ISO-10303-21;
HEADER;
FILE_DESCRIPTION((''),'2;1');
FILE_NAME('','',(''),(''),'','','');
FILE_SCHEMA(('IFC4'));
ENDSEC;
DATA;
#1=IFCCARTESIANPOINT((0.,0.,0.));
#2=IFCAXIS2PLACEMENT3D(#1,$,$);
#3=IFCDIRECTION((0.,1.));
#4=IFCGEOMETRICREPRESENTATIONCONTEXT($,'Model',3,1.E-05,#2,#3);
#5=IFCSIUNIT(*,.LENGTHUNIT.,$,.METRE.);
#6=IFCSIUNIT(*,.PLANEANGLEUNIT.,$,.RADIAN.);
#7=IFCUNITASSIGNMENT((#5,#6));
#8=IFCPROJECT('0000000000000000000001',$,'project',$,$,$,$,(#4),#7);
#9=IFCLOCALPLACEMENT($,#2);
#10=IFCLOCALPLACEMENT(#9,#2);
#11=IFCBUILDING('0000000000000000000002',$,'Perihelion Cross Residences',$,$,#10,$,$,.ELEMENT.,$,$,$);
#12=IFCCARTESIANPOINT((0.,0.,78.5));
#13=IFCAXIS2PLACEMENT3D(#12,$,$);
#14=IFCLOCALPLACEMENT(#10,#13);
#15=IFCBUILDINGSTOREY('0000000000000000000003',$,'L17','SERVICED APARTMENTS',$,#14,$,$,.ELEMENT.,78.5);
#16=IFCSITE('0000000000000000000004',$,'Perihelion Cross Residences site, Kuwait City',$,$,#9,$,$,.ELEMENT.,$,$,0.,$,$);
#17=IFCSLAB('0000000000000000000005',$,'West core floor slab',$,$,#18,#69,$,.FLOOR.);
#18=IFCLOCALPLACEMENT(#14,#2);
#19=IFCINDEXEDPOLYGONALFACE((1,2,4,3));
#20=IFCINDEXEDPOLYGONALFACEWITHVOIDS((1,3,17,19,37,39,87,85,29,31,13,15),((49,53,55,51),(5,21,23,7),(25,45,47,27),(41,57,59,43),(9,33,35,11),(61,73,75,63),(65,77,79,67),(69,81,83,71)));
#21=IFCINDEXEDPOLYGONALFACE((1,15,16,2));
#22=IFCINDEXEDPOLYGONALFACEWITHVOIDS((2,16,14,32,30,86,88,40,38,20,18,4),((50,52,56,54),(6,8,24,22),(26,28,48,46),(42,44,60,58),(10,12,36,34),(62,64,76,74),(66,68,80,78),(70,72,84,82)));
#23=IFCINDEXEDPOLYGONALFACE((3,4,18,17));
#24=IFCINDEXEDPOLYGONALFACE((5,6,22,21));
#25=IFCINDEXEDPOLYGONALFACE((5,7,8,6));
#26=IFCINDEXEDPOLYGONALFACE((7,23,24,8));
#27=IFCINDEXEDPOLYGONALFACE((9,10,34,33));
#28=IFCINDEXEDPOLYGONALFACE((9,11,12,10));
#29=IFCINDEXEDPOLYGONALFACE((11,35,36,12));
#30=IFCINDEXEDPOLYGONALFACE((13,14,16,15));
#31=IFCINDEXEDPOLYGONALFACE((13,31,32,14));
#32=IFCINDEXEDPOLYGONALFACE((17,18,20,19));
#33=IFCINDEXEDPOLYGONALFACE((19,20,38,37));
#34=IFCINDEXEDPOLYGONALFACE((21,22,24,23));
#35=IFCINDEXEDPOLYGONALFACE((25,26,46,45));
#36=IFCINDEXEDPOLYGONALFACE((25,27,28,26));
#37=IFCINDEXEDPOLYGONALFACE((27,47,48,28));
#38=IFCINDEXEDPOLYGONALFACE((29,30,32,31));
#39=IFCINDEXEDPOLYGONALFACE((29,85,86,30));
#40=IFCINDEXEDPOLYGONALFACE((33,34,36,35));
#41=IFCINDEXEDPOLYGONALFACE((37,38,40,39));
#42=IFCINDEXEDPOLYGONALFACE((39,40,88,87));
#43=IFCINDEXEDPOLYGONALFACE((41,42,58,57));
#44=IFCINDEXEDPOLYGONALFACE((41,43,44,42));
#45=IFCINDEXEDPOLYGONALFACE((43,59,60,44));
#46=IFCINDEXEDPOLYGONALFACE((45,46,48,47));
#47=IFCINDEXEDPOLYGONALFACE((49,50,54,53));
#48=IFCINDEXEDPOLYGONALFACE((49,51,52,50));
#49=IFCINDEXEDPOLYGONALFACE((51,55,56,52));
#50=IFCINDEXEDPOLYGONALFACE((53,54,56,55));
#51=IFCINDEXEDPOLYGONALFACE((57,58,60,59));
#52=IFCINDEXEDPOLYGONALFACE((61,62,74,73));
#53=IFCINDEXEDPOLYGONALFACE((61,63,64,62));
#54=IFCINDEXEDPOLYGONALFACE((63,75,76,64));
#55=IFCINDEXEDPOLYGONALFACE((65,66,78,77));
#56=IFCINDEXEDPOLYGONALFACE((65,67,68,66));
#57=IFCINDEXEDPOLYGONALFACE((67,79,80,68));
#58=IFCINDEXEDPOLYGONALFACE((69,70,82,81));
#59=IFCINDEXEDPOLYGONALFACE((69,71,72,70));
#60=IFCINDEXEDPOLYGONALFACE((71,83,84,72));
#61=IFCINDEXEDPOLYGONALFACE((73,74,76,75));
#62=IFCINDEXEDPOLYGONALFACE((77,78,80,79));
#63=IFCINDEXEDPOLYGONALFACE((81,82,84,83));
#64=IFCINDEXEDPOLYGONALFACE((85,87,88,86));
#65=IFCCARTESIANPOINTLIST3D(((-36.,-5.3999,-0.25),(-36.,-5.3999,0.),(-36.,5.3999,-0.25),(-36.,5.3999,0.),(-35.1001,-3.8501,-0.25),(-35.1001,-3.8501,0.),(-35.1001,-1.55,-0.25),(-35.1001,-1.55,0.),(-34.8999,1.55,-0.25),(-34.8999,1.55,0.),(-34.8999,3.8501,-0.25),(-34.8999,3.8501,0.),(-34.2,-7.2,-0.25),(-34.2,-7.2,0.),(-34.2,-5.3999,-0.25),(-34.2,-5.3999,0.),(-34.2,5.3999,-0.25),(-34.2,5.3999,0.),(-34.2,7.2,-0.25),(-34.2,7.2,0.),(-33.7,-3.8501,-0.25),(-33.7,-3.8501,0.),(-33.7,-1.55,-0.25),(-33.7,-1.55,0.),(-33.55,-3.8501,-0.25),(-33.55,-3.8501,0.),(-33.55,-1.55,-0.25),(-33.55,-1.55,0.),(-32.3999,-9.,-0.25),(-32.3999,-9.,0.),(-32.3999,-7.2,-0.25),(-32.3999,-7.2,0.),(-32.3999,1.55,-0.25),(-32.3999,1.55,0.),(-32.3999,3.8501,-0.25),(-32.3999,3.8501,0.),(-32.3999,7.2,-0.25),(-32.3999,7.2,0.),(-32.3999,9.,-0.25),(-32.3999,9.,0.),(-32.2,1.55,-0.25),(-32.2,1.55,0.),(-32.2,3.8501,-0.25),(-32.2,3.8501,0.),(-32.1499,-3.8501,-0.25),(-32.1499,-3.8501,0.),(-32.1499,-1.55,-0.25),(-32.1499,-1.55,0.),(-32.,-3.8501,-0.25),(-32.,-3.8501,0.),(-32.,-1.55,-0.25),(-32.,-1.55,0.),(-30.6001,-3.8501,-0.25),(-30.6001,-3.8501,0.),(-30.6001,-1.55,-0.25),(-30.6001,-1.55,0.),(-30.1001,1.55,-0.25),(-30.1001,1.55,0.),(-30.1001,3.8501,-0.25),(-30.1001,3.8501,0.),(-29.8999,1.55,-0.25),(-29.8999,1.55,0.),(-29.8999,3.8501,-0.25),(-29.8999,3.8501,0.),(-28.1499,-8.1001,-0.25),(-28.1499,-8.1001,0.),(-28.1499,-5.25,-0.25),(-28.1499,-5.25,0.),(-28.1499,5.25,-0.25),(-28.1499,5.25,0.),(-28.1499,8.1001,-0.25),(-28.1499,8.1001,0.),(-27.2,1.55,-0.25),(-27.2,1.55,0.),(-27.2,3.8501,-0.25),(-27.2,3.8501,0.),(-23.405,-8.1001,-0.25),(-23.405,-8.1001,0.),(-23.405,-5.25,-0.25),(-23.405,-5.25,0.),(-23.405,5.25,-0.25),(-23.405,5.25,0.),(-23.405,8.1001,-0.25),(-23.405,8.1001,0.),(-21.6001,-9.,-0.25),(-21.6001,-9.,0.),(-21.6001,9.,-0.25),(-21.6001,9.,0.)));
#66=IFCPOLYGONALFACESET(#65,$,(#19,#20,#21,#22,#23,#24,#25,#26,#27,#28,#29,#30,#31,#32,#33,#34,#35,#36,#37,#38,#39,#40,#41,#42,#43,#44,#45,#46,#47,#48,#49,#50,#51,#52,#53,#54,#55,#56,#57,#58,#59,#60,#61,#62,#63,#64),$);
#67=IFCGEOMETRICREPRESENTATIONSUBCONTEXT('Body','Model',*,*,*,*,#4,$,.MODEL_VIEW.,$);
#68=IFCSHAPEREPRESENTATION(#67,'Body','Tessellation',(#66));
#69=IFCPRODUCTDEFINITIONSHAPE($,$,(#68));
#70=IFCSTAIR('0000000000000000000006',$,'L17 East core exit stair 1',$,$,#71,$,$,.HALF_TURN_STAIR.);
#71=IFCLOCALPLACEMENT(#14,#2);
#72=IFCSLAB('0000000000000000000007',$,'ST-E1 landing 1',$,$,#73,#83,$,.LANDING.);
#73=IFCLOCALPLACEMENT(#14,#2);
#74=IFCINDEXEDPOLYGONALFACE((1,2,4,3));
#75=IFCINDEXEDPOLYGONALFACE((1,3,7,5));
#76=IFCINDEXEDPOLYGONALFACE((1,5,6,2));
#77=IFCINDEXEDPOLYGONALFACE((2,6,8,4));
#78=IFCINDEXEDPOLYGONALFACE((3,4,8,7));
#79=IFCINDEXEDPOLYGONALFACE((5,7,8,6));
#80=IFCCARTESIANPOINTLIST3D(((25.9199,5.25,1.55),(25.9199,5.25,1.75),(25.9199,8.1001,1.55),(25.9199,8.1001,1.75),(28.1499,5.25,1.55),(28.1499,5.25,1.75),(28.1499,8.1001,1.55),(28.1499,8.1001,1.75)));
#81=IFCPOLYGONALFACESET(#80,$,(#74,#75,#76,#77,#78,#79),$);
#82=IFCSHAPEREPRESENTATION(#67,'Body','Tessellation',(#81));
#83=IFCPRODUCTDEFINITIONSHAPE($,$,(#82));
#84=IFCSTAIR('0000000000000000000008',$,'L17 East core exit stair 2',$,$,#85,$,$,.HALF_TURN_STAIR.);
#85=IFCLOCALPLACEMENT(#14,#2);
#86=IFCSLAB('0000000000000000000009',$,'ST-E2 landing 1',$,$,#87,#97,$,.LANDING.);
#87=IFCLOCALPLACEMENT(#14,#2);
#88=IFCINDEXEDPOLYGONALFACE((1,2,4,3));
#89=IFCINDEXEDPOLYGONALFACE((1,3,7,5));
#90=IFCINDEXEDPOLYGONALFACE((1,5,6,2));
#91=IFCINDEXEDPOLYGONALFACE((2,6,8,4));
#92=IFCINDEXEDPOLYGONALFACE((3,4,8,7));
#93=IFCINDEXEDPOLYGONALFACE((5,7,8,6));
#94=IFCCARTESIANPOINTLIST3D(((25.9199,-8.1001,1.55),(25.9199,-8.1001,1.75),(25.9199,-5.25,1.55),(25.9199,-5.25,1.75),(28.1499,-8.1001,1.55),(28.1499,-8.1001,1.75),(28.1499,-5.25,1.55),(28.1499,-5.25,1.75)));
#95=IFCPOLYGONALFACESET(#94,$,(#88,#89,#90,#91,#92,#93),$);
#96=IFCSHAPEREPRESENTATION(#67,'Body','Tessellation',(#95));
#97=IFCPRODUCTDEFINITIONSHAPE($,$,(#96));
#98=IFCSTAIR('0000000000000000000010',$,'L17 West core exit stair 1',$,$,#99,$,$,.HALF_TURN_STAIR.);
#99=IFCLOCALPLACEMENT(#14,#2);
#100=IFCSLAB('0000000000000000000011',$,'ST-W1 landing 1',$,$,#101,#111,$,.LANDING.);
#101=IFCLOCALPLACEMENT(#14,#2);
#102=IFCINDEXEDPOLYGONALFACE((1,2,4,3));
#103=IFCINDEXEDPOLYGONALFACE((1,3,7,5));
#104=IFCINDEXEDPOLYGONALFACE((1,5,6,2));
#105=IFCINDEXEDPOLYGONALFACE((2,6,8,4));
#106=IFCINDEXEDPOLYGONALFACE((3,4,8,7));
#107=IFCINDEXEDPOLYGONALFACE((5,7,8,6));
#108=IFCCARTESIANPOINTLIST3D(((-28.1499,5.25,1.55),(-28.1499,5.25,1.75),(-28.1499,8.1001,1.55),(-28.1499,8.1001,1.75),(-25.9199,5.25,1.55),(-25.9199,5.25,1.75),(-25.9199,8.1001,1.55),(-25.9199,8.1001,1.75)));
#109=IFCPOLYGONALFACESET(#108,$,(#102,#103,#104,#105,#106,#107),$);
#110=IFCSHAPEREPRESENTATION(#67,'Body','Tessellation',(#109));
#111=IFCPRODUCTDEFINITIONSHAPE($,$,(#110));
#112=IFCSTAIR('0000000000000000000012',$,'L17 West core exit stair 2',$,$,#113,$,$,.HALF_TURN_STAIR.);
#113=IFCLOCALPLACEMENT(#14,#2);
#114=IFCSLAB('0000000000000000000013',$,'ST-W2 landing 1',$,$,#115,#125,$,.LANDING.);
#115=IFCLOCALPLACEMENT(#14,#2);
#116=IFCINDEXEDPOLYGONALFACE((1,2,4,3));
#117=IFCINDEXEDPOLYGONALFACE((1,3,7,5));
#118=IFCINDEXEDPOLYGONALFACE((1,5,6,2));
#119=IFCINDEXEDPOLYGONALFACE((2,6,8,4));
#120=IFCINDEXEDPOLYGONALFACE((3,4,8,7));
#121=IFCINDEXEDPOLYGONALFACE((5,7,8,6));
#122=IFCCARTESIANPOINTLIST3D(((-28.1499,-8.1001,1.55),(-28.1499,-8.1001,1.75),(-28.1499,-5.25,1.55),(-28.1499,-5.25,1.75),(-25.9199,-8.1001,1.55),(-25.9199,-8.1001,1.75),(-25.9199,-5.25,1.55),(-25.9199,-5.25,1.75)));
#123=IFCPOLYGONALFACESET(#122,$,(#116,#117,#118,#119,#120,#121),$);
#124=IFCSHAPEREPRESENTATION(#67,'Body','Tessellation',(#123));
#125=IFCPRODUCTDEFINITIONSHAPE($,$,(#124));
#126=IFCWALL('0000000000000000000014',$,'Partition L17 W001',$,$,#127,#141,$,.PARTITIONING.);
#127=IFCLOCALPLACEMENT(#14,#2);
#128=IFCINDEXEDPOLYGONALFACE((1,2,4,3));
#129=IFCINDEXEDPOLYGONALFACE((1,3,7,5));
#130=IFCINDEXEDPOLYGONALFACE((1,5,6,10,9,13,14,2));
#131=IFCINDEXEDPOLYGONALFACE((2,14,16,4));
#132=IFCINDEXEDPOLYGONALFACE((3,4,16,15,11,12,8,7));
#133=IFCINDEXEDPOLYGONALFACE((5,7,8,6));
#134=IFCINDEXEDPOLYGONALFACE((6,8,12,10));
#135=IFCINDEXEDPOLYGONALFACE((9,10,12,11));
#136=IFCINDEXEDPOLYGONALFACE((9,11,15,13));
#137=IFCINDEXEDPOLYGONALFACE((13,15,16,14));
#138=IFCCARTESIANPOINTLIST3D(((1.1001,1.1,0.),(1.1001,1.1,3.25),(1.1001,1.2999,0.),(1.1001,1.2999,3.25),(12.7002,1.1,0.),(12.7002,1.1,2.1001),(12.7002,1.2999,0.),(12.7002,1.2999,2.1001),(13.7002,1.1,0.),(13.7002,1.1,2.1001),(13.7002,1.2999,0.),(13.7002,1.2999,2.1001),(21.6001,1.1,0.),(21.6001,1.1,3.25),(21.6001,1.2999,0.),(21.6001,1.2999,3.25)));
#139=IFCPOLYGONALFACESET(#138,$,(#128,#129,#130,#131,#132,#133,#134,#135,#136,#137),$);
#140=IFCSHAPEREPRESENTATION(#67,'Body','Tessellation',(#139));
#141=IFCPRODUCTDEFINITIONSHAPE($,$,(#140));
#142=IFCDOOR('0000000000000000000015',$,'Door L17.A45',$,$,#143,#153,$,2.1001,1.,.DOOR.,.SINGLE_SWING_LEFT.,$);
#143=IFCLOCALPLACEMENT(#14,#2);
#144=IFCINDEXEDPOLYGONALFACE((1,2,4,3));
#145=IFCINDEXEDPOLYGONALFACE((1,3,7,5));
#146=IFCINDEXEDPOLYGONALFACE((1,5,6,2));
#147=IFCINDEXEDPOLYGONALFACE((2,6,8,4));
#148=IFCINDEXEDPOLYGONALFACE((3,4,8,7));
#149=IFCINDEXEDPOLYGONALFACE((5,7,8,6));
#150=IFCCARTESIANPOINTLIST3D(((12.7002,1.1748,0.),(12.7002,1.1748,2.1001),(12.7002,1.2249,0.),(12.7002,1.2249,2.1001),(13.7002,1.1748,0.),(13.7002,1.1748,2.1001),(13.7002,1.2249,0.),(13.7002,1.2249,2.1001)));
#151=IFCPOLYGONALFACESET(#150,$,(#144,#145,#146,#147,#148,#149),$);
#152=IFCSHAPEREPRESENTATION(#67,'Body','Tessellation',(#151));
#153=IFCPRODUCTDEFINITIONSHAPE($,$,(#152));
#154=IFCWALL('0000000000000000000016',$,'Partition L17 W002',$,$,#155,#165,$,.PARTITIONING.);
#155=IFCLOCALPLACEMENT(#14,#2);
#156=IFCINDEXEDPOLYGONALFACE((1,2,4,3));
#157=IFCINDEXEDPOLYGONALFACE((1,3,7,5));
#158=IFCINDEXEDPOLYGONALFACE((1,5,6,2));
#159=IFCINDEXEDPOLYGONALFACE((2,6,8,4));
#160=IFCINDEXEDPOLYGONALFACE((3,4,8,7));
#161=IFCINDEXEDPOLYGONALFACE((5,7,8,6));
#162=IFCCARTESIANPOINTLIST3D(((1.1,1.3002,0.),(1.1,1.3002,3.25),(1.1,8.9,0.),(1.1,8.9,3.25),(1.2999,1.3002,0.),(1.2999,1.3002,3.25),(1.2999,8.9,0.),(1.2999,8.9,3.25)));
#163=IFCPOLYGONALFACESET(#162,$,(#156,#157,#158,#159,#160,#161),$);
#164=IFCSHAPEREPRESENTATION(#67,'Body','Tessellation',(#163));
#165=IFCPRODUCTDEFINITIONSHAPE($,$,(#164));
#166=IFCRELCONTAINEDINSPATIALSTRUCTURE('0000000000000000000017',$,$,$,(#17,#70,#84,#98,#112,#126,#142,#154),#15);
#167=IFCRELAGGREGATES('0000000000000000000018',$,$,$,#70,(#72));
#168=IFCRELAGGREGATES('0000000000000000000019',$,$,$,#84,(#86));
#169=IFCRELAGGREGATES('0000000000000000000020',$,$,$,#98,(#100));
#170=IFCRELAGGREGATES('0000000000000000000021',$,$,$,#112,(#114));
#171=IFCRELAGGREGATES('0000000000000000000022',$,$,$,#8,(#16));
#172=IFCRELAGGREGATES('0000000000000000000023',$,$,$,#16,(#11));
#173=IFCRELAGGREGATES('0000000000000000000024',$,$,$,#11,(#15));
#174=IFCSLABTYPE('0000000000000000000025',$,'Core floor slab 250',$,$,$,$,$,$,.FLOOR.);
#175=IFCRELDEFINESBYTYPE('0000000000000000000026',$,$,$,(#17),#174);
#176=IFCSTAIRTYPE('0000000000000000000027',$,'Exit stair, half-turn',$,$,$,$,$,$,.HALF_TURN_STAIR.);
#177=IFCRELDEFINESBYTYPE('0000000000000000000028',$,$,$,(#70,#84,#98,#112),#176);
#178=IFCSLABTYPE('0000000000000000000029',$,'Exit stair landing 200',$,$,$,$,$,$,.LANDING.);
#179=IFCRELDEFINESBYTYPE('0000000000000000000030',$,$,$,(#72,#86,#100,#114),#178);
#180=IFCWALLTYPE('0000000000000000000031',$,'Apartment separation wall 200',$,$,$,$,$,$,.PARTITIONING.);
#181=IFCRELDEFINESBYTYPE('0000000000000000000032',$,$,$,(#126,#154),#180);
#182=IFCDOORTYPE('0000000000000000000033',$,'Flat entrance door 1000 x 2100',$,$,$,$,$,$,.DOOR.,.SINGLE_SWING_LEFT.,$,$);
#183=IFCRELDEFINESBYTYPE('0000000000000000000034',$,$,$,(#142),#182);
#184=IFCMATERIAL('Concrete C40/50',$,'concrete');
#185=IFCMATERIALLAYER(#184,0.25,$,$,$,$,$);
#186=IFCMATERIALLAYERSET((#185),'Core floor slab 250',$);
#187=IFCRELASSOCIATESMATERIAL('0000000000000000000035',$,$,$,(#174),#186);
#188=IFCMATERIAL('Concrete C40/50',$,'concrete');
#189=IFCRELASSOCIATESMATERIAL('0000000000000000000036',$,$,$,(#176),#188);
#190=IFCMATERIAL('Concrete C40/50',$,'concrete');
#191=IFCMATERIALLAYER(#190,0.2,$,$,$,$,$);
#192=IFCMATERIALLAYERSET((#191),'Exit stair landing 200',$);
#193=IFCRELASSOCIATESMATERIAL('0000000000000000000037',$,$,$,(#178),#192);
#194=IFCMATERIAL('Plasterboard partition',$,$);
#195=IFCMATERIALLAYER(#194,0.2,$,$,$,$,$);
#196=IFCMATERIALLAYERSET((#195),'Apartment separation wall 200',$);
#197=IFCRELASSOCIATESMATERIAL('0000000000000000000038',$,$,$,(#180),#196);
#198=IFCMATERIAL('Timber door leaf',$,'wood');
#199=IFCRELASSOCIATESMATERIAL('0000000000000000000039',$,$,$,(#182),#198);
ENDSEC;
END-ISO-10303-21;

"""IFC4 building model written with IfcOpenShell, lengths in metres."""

from ifc_helpers import new_model, si_unit, direction, frame, frame_2d, origin, place, context, subcontext, project, spatial, polyline, rectangle, outline, extrude, material, layer, layer_set, type_object, element, fill, aggregate, save


model = new_model("IFC4")

# Units and contexts
model_context = context("Model", 3, precision=1e-05, world=origin(), true_north=direction((0.0, 1.0)))
body_context = subcontext(model_context, "Body", "Model", "MODEL_VIEW")
ifc_project = project(units=[si_unit("LENGTHUNIT", "METRE"), si_unit("PLANEANGLEUNIT", "RADIAN")], contexts=[model_context])

# Site, building, storey
site_placement = place(None, origin())
site = spatial("IfcSite", under=ifc_project, at=site_placement, Name="Perihelion Cross Residences site, Kuwait City", CompositionType="ELEMENT", RefElevation=0.0)
building_placement = place(site_placement, origin())
building = spatial("IfcBuilding", under=site, at=building_placement, Name="Perihelion Cross Residences", CompositionType="ELEMENT")
storey_placement = place(building_placement, frame((0.0, 0.0, 78.5)))
storey = spatial("IfcBuildingStorey", under=building, at=storey_placement, Name="L17", Description="SERVICED APARTMENTS", CompositionType="ELEMENT", Elevation=78.5)

# Slab
ifc_material_1 = material(Name="Concrete C40/50", Category="concrete")
ifc_layer_1 = layer(ifc_material_1, 0.25)
ifc_layer_set_1 = layer_set([ifc_layer_1], Name="Core floor slab 250")
slab_type_1 = type_object("IfcSlabType", Name="Core floor slab 250", PredefinedType="FLOOR", material=ifc_layer_set_1)
slab_1_placement = place(storey_placement, frame((0.0, 0.0, -0.25)))
element("IfcSlab", 1, at=slab_1_placement, inside=storey, type_object=slab_type_1, Name="West core floor slab", PredefinedType="FLOOR", context=body_context, shape_type="SweptSolid", body=[
    extrude(outline(polyline([(-32.3999, 7.2), (-34.2, 7.2), (-34.2, 5.3999), (-36.0, 5.3999), (-36.0, -5.3999), (-34.2, -5.3999), (-34.2, -7.2), (-32.3999, -7.2), (-32.3999, -9.0), (-21.6001, -9.0), (-21.6001, 9.0), (-32.3999, 9.0), (-32.3999, 7.2)]), holes=[polyline([(-23.405, -8.1001), (-28.1499, -8.1001), (-28.1499, -5.25), (-23.405, -5.25), (-23.405, -8.1001)]), polyline([(-30.6001, -1.55), (-30.6001, -3.8501), (-32.0, -3.8501), (-32.0, -1.55), (-30.6001, -1.55)]), polyline([(-32.1499, -1.55), (-32.1499, -3.8501), (-33.55, -3.8501), (-33.55, -1.55), (-32.1499, -1.55)]), polyline([(-33.7, -1.55), (-33.7, -3.8501), (-35.1001, -3.8501), (-35.1001, -1.55), (-33.7, -1.55)]), polyline([(-27.2, 3.8501), (-27.2, 1.55), (-29.8999, 1.55), (-29.8999, 3.8501), (-27.2, 3.8501)]), polyline([(-30.1001, 3.8501), (-30.1001, 1.55), (-32.2, 1.55), (-32.2, 3.8501), (-30.1001, 3.8501)]), polyline([(-32.3999, 3.8501), (-32.3999, 1.55), (-34.8999, 1.55), (-34.8999, 3.8501), (-32.3999, 3.8501)]), polyline([(-23.405, 5.25), (-28.1499, 5.25), (-28.1499, 8.1001), (-23.405, 8.1001), (-23.405, 5.25)])]), origin(), (0.0, 0.0, 1.0), 0.25),
])

# Stairs, slabs
ifc_material_2 = material(Name="Concrete C40/50", Category="concrete")
stair_type = type_object("IfcStairType", Name="Exit stair, half-turn", PredefinedType="HALF_TURN_STAIR", material=ifc_material_2)
stair_1_placement = place(storey_placement, origin())
stair_1 = element("IfcStair", 2, at=stair_1_placement, inside=storey, type_object=stair_type, Name="L17 East core exit stair 1", PredefinedType="HALF_TURN_STAIR")
ifc_material_3 = material(Name="Concrete C40/50", Category="concrete")
ifc_layer_2 = layer(ifc_material_3, 0.2)
ifc_layer_set_2 = layer_set([ifc_layer_2], Name="Exit stair landing 200")
slab_type_2 = type_object("IfcSlabType", Name="Exit stair landing 200", PredefinedType="LANDING", material=ifc_layer_set_2)
slab_2_placement = place(storey_placement, frame((0.0, 0.0, 1.55)))
slab_2 = element("IfcSlab", 3, at=slab_2_placement, type_object=slab_type_2, Name="ST-E1 landing 1", PredefinedType="LANDING", context=body_context, shape_type="SweptSolid", body=[
    extrude(outline(polyline([(25.9199, 5.25), (28.1499, 5.25), (28.1499, 8.1001), (25.9199, 8.1001), (25.9199, 5.25)])), origin(), (0.0, 0.0, 1.0), 0.2),
])
aggregate(stair_1, [slab_2])
stair_2_placement = place(storey_placement, origin())
stair_2 = element("IfcStair", 4, at=stair_2_placement, inside=storey, type_object=stair_type, Name="L17 East core exit stair 2", PredefinedType="HALF_TURN_STAIR")
slab_3_placement = place(storey_placement, frame((0.0, 0.0, 1.55)))
slab_3 = element("IfcSlab", 5, at=slab_3_placement, type_object=slab_type_2, Name="ST-E2 landing 1", PredefinedType="LANDING", context=body_context, shape_type="SweptSolid", body=[
    extrude(outline(polyline([(25.9199, -8.1001), (28.1499, -8.1001), (28.1499, -5.25), (25.9199, -5.25), (25.9199, -8.1001)])), origin(), (0.0, 0.0, 1.0), 0.2),
])
aggregate(stair_2, [slab_3])
stair_3_placement = place(storey_placement, origin())
stair_3 = element("IfcStair", 6, at=stair_3_placement, inside=storey, type_object=stair_type, Name="L17 West core exit stair 1", PredefinedType="HALF_TURN_STAIR")
slab_4_placement = place(storey_placement, frame((0.0, 0.0, 1.55)))
slab_4 = element("IfcSlab", 7, at=slab_4_placement, type_object=slab_type_2, Name="ST-W1 landing 1", PredefinedType="LANDING", context=body_context, shape_type="SweptSolid", body=[
    extrude(outline(polyline([(-25.9199, 8.1001), (-28.1499, 8.1001), (-28.1499, 5.25), (-25.9199, 5.25), (-25.9199, 8.1001)])), origin(), (0.0, 0.0, 1.0), 0.2),
])
aggregate(stair_3, [slab_4])
stair_4_placement = place(storey_placement, origin())
stair_4 = element("IfcStair", 8, at=stair_4_placement, inside=storey, type_object=stair_type, Name="L17 West core exit stair 2", PredefinedType="HALF_TURN_STAIR")
slab_5_placement = place(storey_placement, frame((0.0, 0.0, 1.55)))
slab_5 = element("IfcSlab", 9, at=slab_5_placement, type_object=slab_type_2, Name="ST-W2 landing 1", PredefinedType="LANDING", context=body_context, shape_type="SweptSolid", body=[
    extrude(outline(polyline([(-25.9199, -5.25), (-28.1499, -5.25), (-28.1499, -8.1001), (-25.9199, -8.1001), (-25.9199, -5.25)])), origin(), (0.0, 0.0, 1.0), 0.2),
])
aggregate(stair_4, [slab_5])

# Wall, opening, door
ifc_material_4 = material(Name="Plasterboard partition")
ifc_layer_3 = layer(ifc_material_4, 0.2)
ifc_layer_set_3 = layer_set([ifc_layer_3], Name="Apartment separation wall 200")
wall_type_1 = type_object("IfcWallType", Name="Apartment separation wall 200", PredefinedType="PARTITIONING", material=ifc_layer_set_3)
wall_1_placement = place(storey_placement, frame((1.1001, 1.2, 0.0), z_axis=(0.0, 0.0, 1.0), x_axis=(1.0, 0.0, 0.0)))
wall_1 = element("IfcWall", 10, at=wall_1_placement, inside=storey, type_object=wall_type_1, Name="Partition L17 W001", PredefinedType="PARTITIONING", context=body_context, shape_type="SweptSolid", body=[
    extrude(rectangle(XDim=20.5, YDim=0.2, at=frame_2d((10.25, 0.0))), origin(), (0.0, 0.0, 1.0), 3.25),
])
opening_1_placement = place(wall_1_placement, frame((11.6001, 0.0, 0.0)))
opening_1 = element("IfcOpeningElement", 11, at=opening_1_placement, cuts=wall_1, PredefinedType="OPENING", context=body_context, shape_type="SweptSolid", body=[
    extrude(rectangle(XDim=1.0, YDim=2.1001, at=frame_2d((0.5, 1.05))), frame((0.0, 0.1099, 0.0), z_axis=(0.0, -1.0, 0.0), x_axis=(1.0, 0.0, 0.0)), (0.0, 0.0, 1.0), 0.22),
])
ifc_material_5 = material(Name="Timber door leaf", Category="wood")
door_type_1 = type_object("IfcDoorType", Name="Flat entrance door 1000 x 2100", OperationType="SINGLE_SWING_LEFT", PredefinedType="DOOR", material=ifc_material_5)
door_1_placement = place(opening_1_placement, origin())
door_1 = element("IfcDoor", 12, at=door_1_placement, inside=storey, type_object=door_type_1, Name="Door L17.A45", OperationType="SINGLE_SWING_LEFT", OverallHeight=2.1001, OverallWidth=1.0, PredefinedType="DOOR", context=body_context, shape_type="SweptSolid", body=[
    extrude(rectangle(XDim=1.0, YDim=2.1001, at=frame_2d((0.5, 1.05))), frame((0.0, 0.0249, 0.0), z_axis=(0.0, -1.0, 0.0), x_axis=(1.0, 0.0, 0.0)), (0.0, 0.0, 1.0), 0.05),
])
fill(opening_1, door_1)

# Wall
wall_2_placement = place(storey_placement, frame((1.2, 8.8999, 0.0), z_axis=(0.0, 0.0, 1.0), x_axis=(0.0, -1.0, 0.0)))
element("IfcWall", 13, at=wall_2_placement, inside=storey, type_object=wall_type_1, Name="Partition L17 W002", PredefinedType="PARTITIONING", context=body_context, shape_type="SweptSolid", body=[
    extrude(rectangle(XDim=7.5999, YDim=0.2, at=frame_2d((3.7998, 0.0))), origin(), (0.0, 0.0, 1.0), 3.25),
])

save(model, "model.ifc")
